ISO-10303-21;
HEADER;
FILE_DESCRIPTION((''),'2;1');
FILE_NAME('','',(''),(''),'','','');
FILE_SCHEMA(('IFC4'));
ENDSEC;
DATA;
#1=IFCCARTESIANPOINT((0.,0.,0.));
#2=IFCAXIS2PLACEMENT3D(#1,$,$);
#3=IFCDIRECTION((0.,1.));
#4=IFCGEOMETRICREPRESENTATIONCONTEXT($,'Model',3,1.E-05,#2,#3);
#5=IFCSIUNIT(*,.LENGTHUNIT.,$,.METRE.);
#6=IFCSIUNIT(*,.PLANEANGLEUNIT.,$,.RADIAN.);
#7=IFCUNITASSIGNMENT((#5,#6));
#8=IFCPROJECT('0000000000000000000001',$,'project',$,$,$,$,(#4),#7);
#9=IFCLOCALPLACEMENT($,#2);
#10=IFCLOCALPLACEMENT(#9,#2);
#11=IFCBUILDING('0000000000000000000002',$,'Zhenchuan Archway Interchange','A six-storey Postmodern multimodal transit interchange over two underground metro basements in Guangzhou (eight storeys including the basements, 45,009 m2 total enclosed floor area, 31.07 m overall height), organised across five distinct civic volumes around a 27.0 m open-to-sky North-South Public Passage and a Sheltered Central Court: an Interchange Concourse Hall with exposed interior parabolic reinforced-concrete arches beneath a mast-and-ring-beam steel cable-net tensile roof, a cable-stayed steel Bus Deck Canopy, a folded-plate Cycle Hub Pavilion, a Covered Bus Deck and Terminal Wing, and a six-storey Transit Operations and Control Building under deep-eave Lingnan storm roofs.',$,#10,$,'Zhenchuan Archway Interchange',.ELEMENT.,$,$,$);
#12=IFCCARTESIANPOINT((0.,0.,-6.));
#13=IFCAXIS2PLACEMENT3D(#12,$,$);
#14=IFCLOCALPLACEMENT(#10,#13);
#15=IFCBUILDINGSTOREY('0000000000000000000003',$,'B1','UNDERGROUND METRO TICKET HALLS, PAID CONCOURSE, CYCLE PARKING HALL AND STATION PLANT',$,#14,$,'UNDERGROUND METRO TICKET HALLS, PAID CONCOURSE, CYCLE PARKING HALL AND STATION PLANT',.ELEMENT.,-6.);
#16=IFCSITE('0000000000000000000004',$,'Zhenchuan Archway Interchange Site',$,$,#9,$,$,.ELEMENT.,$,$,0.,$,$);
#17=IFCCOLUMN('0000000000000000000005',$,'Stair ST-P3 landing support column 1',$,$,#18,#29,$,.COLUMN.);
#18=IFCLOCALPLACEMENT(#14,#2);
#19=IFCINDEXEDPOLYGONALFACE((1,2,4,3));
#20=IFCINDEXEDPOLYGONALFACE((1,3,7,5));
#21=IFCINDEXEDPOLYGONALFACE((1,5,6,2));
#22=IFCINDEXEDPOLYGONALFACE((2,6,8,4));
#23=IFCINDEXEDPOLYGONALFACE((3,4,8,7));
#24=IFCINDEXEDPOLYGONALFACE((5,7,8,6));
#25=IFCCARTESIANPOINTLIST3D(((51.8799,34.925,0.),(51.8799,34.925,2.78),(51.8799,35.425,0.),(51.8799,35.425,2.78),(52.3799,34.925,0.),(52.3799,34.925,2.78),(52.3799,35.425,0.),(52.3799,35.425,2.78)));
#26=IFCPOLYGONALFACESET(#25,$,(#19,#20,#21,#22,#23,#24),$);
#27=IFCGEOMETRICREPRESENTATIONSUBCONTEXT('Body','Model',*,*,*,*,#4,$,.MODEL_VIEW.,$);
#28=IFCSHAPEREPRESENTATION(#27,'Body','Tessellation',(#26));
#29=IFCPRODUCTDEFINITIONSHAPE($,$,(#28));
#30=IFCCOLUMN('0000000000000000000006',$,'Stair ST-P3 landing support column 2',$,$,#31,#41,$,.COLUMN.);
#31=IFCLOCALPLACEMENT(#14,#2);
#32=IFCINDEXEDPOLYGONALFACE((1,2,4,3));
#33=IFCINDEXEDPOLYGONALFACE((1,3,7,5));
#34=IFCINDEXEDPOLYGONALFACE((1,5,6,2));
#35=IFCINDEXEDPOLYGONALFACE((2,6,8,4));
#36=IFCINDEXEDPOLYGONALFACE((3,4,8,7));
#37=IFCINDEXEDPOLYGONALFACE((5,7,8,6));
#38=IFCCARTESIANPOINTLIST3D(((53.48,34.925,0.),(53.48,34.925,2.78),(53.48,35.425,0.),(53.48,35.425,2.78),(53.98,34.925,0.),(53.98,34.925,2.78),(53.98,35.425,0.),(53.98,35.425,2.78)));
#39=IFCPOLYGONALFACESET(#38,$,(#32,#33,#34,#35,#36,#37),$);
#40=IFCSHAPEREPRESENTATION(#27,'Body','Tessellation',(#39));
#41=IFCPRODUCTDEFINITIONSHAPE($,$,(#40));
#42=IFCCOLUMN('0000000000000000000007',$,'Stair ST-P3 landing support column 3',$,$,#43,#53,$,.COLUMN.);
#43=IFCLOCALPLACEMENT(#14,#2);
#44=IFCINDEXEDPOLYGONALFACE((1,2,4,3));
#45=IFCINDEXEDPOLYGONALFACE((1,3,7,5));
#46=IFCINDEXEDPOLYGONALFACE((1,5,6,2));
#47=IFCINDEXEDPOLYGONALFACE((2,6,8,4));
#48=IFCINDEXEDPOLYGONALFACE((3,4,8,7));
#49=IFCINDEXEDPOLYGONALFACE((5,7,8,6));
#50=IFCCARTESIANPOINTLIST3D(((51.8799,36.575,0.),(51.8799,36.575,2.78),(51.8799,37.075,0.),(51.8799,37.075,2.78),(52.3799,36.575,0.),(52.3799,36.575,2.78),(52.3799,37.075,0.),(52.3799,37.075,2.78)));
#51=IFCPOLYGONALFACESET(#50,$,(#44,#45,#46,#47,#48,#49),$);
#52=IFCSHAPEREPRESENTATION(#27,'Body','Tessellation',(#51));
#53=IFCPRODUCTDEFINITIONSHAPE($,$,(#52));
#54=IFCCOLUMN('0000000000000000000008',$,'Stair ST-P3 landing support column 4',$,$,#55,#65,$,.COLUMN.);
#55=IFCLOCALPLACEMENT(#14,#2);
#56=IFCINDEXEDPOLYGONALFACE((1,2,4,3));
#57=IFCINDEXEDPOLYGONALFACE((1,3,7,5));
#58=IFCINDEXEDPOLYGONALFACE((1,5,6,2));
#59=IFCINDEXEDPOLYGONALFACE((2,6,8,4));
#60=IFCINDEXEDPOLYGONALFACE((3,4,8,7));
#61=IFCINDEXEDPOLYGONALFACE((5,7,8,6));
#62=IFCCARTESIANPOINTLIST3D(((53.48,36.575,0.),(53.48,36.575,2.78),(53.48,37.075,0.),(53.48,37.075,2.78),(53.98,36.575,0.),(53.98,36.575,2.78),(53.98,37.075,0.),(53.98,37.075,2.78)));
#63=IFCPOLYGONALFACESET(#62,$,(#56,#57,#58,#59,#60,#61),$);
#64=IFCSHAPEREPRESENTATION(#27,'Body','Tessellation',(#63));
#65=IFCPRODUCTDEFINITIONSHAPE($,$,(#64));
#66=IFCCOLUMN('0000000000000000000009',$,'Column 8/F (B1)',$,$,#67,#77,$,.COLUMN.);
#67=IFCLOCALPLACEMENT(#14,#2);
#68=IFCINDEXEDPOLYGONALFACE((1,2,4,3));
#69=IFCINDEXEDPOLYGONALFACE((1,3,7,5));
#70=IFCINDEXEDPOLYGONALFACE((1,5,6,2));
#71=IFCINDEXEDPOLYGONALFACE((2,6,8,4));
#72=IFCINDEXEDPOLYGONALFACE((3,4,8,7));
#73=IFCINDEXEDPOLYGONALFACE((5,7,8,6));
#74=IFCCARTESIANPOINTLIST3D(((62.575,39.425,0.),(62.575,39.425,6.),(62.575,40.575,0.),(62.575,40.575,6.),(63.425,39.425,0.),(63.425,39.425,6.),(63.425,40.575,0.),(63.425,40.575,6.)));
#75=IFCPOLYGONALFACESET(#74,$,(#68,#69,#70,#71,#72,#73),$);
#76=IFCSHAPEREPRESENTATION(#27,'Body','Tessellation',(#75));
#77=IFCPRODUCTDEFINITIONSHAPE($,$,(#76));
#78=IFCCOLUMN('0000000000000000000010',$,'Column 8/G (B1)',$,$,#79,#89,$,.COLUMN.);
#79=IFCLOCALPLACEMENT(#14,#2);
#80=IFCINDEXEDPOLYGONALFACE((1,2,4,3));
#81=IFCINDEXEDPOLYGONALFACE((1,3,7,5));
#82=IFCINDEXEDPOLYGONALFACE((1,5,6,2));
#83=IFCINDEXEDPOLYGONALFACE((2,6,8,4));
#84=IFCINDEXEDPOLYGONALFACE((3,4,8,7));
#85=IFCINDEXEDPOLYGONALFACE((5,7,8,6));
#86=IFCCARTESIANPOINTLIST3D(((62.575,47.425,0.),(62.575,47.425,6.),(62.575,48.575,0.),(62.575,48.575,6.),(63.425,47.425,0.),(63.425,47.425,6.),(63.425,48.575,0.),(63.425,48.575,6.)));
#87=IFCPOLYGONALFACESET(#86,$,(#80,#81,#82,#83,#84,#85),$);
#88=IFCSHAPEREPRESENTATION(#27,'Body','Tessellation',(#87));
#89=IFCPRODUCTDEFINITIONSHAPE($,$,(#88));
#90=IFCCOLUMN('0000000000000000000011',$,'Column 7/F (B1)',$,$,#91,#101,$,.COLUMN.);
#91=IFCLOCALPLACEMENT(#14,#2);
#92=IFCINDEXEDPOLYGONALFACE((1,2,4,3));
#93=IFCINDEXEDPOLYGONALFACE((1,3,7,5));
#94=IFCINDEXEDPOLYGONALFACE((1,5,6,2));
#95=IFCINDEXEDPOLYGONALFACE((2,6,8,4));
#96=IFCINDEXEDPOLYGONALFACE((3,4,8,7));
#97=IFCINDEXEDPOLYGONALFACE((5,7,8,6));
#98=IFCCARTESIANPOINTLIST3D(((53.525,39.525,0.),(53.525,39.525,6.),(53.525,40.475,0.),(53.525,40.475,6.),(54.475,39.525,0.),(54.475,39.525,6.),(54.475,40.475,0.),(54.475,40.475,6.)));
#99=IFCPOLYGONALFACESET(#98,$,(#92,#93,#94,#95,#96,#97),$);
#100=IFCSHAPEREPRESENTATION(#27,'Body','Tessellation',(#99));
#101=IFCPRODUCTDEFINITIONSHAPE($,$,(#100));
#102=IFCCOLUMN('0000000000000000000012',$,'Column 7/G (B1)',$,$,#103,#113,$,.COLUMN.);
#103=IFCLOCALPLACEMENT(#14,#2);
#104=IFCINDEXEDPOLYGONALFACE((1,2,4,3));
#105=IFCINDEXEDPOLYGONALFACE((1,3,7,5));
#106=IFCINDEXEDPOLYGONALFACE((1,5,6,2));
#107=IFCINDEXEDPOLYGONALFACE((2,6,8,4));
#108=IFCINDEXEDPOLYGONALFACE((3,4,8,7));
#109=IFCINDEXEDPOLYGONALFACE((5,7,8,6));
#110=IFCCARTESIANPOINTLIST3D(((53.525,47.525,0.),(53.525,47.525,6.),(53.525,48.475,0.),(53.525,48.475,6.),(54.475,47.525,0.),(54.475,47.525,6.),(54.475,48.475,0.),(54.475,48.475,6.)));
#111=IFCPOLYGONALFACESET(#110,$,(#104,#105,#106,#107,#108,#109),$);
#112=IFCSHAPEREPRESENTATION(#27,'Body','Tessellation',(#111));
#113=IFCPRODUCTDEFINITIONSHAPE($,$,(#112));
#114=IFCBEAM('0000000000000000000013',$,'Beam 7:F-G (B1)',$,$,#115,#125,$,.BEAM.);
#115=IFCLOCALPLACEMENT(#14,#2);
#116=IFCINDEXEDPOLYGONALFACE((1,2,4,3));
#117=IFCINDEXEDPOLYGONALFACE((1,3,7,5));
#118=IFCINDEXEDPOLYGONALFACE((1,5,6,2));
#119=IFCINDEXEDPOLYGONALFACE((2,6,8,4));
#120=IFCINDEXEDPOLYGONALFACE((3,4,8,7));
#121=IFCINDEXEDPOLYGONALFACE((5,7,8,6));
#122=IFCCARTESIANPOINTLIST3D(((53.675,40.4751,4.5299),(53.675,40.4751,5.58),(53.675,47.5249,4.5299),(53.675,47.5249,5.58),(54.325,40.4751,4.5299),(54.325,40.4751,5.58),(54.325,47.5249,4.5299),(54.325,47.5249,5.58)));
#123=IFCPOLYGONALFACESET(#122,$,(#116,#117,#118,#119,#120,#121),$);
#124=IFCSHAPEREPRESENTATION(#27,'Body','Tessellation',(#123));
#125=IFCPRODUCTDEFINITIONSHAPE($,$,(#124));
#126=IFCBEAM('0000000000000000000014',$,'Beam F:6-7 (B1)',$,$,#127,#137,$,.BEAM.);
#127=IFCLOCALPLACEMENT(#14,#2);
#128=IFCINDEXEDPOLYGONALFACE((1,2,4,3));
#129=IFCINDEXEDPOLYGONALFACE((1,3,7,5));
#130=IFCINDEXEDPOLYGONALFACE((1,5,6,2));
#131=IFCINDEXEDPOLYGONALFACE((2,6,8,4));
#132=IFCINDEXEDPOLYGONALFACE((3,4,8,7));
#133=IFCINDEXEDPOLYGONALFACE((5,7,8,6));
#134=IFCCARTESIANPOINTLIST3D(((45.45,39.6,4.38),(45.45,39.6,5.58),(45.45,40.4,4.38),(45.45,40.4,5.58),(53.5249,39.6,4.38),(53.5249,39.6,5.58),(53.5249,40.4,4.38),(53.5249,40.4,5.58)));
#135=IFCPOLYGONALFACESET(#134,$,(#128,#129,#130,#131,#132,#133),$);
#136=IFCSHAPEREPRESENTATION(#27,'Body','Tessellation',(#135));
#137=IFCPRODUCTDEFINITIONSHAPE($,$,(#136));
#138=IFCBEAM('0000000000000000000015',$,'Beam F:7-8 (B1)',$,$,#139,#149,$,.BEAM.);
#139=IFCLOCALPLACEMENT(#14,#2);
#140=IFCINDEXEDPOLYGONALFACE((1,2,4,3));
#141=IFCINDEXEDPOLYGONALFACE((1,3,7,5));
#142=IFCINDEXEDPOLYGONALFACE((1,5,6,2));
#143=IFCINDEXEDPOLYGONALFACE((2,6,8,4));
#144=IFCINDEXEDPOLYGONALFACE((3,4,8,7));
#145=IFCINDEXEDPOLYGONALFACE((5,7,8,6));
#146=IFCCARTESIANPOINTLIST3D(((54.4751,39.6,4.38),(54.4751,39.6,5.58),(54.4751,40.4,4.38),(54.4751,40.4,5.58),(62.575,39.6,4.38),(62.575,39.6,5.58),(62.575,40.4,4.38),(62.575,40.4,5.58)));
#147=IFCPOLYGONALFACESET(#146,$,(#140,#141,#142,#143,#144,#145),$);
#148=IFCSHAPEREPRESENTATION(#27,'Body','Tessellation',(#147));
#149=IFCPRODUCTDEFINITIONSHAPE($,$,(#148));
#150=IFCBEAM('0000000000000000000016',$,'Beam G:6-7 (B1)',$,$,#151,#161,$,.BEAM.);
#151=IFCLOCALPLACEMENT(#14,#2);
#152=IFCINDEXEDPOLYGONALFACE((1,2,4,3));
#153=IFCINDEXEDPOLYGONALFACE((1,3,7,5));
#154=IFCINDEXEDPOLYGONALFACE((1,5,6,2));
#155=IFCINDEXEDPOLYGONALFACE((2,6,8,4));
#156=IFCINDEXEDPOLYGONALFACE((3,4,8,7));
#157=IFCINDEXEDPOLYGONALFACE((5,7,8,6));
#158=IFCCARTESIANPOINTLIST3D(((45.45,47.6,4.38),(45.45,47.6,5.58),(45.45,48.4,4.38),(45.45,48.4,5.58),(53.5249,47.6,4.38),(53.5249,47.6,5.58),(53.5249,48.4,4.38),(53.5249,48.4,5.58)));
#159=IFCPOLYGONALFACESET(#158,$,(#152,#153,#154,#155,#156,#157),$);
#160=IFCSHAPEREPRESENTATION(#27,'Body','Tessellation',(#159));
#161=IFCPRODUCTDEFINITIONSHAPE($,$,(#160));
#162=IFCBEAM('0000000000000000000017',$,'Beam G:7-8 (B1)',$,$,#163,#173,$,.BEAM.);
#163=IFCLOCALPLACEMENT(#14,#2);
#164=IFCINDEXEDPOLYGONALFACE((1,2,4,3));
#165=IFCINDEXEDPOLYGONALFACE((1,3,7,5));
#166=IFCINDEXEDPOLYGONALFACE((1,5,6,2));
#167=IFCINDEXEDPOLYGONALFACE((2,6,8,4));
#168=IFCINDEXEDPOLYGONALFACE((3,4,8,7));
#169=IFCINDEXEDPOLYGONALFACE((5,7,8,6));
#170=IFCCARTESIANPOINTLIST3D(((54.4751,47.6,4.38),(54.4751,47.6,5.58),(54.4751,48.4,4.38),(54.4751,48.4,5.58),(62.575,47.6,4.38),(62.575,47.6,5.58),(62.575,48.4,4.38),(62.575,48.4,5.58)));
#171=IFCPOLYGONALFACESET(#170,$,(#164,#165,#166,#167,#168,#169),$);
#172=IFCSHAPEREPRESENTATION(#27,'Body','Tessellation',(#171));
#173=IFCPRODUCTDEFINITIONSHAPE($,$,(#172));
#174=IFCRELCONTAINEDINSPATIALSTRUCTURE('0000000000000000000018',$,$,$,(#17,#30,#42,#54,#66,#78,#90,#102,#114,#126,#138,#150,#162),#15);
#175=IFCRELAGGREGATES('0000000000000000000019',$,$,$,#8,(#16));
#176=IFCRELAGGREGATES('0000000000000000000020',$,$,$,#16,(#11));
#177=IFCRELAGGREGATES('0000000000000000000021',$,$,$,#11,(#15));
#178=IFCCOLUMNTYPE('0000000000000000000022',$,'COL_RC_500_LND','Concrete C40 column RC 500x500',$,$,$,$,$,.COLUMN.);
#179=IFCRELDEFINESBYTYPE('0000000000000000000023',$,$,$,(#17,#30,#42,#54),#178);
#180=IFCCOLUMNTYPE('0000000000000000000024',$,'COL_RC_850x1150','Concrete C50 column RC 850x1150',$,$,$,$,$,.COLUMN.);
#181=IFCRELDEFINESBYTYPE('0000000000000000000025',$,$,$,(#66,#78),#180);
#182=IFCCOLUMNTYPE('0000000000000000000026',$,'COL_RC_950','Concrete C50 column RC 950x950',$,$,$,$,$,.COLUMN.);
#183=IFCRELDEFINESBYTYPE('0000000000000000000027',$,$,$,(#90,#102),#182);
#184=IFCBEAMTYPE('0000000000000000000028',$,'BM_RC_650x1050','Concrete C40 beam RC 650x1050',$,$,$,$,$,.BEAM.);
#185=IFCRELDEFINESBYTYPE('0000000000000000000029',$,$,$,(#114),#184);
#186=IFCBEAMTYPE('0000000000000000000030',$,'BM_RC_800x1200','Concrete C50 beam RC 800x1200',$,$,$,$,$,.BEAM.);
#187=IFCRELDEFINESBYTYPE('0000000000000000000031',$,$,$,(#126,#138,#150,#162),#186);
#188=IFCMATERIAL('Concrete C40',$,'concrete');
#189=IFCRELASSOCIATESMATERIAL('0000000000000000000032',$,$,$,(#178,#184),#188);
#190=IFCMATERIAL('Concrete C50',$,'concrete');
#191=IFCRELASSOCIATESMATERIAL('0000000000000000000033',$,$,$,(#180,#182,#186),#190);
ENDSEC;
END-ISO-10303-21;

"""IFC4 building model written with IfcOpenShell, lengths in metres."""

from ifc_helpers import new_model, si_unit, direction, frame, origin, origin_2d, place, context, subcontext, project, spatial, rectangle, extrude, material, material_profile, profile_set, type_object, element, save


model = new_model("IFC4")

# Units and contexts
model_context = context("Model", 3, precision=1e-05, world=origin(), true_north=direction((0.0, 1.0)))
body_context = subcontext(model_context, "Body", "Model", "MODEL_VIEW")
ifc_project = project(units=[si_unit("LENGTHUNIT", "METRE"), si_unit("PLANEANGLEUNIT", "RADIAN")], contexts=[model_context])

# Site, building, storey
site_placement = place(None, origin())
site = spatial("IfcSite", under=ifc_project, at=site_placement, Name="Zhenchuan Archway Interchange Site", CompositionType="ELEMENT", RefElevation=0.0)
building_placement = place(site_placement, origin())
building = spatial("IfcBuilding", under=site, at=building_placement, Name="Zhenchuan Archway Interchange", Description="A six-storey Postmodern multimodal transit interchange over two underground metro basements in Guangzhou (eight storeys including the basements, 45,009 m2 total enclosed floor area, 31.07 m overall height), organised across five distinct civic volumes around a 27.0 m open-to-sky North-South Public Passage and a Sheltered Central Court: an Interchange Concourse Hall with exposed interior parabolic reinforced-concrete arches beneath a mast-and-ring-beam steel cable-net tensile roof, a cable-stayed steel Bus Deck Canopy, a folded-plate Cycle Hub Pavilion, a Covered Bus Deck and Terminal Wing, and a six-storey Transit Operations and Control Building under deep-eave Lingnan storm roofs.", LongName="Zhenchuan Archway Interchange", CompositionType="ELEMENT")
storey_placement = place(building_placement, frame((0.0, 0.0, -6.0)))
storey = spatial("IfcBuildingStorey", under=building, at=storey_placement, Name="B1", Description="UNDERGROUND METRO TICKET HALLS, PAID CONCOURSE, CYCLE PARKING HALL AND STATION PLANT", LongName="UNDERGROUND METRO TICKET HALLS, PAID CONCOURSE, CYCLE PARKING HALL AND STATION PLANT", CompositionType="ELEMENT", Elevation=-6.0)

# Columns
ifc_material_1 = material(Name="Concrete C40", Category="concrete")
ifc_material_profile_1 = material_profile(ifc_material_1, rectangle(XDim=0.5, YDim=0.5, at=origin_2d()), Name="RC 500x500")
ifc_profile_set_1 = profile_set([ifc_material_profile_1], Name="Concrete C40")
column_type_1 = type_object("IfcColumnType", Name="COL_RC_500_LND", Description="Concrete C40 column RC 500x500", PredefinedType="COLUMN", material=ifc_profile_set_1)
for number, where, z_axis, x_axis, name in (
    (1, (52.1299, 35.175, 0.0), (0.0, 0.0, 1.0), (1.0, 0.0, 0.0), "Stair ST-P3 landing support column 1"),
    (2, (53.73, 35.175, 0.0), (0.0, 0.0, 1.0), (1.0, 0.0, 0.0), "Stair ST-P3 landing support column 2"),
    (3, (52.1299, 36.825, 0.0), (0.0, 0.0, 1.0), (1.0, 0.0, 0.0), "Stair ST-P3 landing support column 3"),
    (4, (53.73, 36.825, 0.0), (0.0, 0.0, 1.0), (1.0, 0.0, 0.0), "Stair ST-P3 landing support column 4"),
):
    element("IfcColumn", number, at=place(storey_placement, frame(where, z_axis=z_axis, x_axis=x_axis)), inside=storey, type_object=column_type_1, Name=name, PredefinedType="COLUMN", context=body_context, shape_type="SweptSolid", body=[
        extrude(rectangle(XDim=0.5, YDim=0.5, at=origin_2d()), origin(), (0.0, 0.0, 1.0), 2.78),
    ])
ifc_material_2 = material(Name="Concrete C50", Category="concrete")
ifc_material_profile_2 = material_profile(ifc_material_2, rectangle(XDim=0.8501, YDim=1.1499, at=origin_2d()), Name="RC 850x1150")
ifc_profile_set_2 = profile_set([ifc_material_profile_2], Name="Concrete C50")
column_type_2 = type_object("IfcColumnType", Name="COL_RC_850x1150", Description="Concrete C50 column RC 850x1150", PredefinedType="COLUMN", material=ifc_profile_set_2)
for number, where, z_axis, x_axis, name in (
    (5, (63.0, 40.0, 0.0), (0.0, 0.0, 1.0), (1.0, 0.0, 0.0), "Column 8/F (B1)"),
    (6, (63.0, 48.0, 0.0), (0.0, 0.0, 1.0), (1.0, 0.0, 0.0), "Column 8/G (B1)"),
):
    element("IfcColumn", number, at=place(storey_placement, frame(where, z_axis=z_axis, x_axis=x_axis)), inside=storey, type_object=column_type_2, Name=name, PredefinedType="COLUMN", context=body_context, shape_type="SweptSolid", body=[
        extrude(rectangle(XDim=0.8501, YDim=1.1499, at=origin_2d()), origin(), (0.0, 0.0, 1.0), 6.0),
    ])
ifc_material_profile_3 = material_profile(ifc_material_2, rectangle(XDim=0.95, YDim=0.95, at=origin_2d()), Name="RC 950x950")
ifc_profile_set_3 = profile_set([ifc_material_profile_3], Name="Concrete C50")
column_type_3 = type_object("IfcColumnType", Name="COL_RC_950", Description="Concrete C50 column RC 950x950", PredefinedType="COLUMN", material=ifc_profile_set_3)
for number, where, z_axis, x_axis, name in (
    (7, (54.0, 40.0, 0.0), (0.0, 0.0, 1.0), (1.0, 0.0, 0.0), "Column 7/F (B1)"),
    (8, (54.0, 48.0, 0.0), (0.0, 0.0, 1.0), (1.0, 0.0, 0.0), "Column 7/G (B1)"),
):
    element("IfcColumn", number, at=place(storey_placement, frame(where, z_axis=z_axis, x_axis=x_axis)), inside=storey, type_object=column_type_3, Name=name, PredefinedType="COLUMN", context=body_context, shape_type="SweptSolid", body=[
        extrude(rectangle(XDim=0.95, YDim=0.95, at=origin_2d()), origin(), (0.0, 0.0, 1.0), 6.0),
    ])

# Beams
ifc_material_profile_4 = material_profile(ifc_material_1, rectangle(XDim=0.6499, YDim=1.05, at=origin_2d()), Name="RC 650x1050")
ifc_profile_set_4 = profile_set([ifc_material_profile_4], Name="Concrete C40")
beam_type_1 = type_object("IfcBeamType", Name="BM_RC_650x1050", Description="Concrete C40 beam RC 650x1050", PredefinedType="BEAM", material=ifc_profile_set_4)
beam_1_placement = place(storey_placement, frame((54.0, 40.4751, 5.0549), z_axis=(0.0, 1.0, 0.0), x_axis=(-1.0, 0.0, 0.0)))
element("IfcBeam", 9, at=beam_1_placement, inside=storey, type_object=beam_type_1, Name="Beam 7:F-G (B1)", PredefinedType="BEAM", context=body_context, shape_type="SweptSolid", body=[
    extrude(rectangle(XDim=0.6499, YDim=1.05, at=origin_2d()), origin(), (0.0, 0.0, 1.0), 7.0498),
])
ifc_material_profile_5 = material_profile(ifc_material_2, rectangle(XDim=0.8, YDim=1.2, at=origin_2d()), Name="RC 800x1200")
ifc_profile_set_5 = profile_set([ifc_material_profile_5], Name="Concrete C50")
beam_type_2 = type_object("IfcBeamType", Name="BM_RC_800x1200", Description="Concrete C50 beam RC 800x1200", PredefinedType="BEAM", material=ifc_profile_set_5)
beam_2_placement = place(storey_placement, frame((45.45, 40.0, 4.98), z_axis=(1.0, 0.0, 0.0), x_axis=(0.0, 1.0, 0.0)))
element("IfcBeam", 10, at=beam_2_placement, inside=storey, type_object=beam_type_2, Name="Beam F:6-7 (B1)", PredefinedType="BEAM", context=body_context, shape_type="SweptSolid", body=[
    extrude(rectangle(XDim=0.8, YDim=1.2, at=origin_2d()), origin(), (0.0, 0.0, 1.0), 8.075),
])
beam_3_placement = place(storey_placement, frame((54.4751, 40.0, 4.98), z_axis=(1.0, 0.0, 0.0), x_axis=(0.0, 1.0, 0.0)))
element("IfcBeam", 11, at=beam_3_placement, inside=storey, type_object=beam_type_2, Name="Beam F:7-8 (B1)", PredefinedType="BEAM", context=body_context, shape_type="SweptSolid", body=[
    extrude(rectangle(XDim=0.8, YDim=1.2, at=origin_2d()), origin(), (0.0, 0.0, 1.0), 8.0999),
])
beam_4_placement = place(storey_placement, frame((45.45, 48.0, 4.98), z_axis=(1.0, 0.0, 0.0), x_axis=(0.0, 1.0, 0.0)))
element("IfcBeam", 12, at=beam_4_placement, inside=storey, type_object=beam_type_2, Name="Beam G:6-7 (B1)", PredefinedType="BEAM", context=body_context, shape_type="SweptSolid", body=[
    extrude(rectangle(XDim=0.8, YDim=1.2, at=origin_2d()), origin(), (0.0, 0.0, 1.0), 8.075),
])
beam_5_placement = place(storey_placement, frame((54.4751, 48.0, 4.98), z_axis=(1.0, 0.0, 0.0), x_axis=(0.0, 1.0, 0.0)))
element("IfcBeam", 13, at=beam_5_placement, inside=storey, type_object=beam_type_2, Name="Beam G:7-8 (B1)", PredefinedType="BEAM", context=body_context, shape_type="SweptSolid", body=[
    extrude(rectangle(XDim=0.8, YDim=1.2, at=origin_2d()), origin(), (0.0, 0.0, 1.0), 8.0999),
])

save(model, "model.ifc")
